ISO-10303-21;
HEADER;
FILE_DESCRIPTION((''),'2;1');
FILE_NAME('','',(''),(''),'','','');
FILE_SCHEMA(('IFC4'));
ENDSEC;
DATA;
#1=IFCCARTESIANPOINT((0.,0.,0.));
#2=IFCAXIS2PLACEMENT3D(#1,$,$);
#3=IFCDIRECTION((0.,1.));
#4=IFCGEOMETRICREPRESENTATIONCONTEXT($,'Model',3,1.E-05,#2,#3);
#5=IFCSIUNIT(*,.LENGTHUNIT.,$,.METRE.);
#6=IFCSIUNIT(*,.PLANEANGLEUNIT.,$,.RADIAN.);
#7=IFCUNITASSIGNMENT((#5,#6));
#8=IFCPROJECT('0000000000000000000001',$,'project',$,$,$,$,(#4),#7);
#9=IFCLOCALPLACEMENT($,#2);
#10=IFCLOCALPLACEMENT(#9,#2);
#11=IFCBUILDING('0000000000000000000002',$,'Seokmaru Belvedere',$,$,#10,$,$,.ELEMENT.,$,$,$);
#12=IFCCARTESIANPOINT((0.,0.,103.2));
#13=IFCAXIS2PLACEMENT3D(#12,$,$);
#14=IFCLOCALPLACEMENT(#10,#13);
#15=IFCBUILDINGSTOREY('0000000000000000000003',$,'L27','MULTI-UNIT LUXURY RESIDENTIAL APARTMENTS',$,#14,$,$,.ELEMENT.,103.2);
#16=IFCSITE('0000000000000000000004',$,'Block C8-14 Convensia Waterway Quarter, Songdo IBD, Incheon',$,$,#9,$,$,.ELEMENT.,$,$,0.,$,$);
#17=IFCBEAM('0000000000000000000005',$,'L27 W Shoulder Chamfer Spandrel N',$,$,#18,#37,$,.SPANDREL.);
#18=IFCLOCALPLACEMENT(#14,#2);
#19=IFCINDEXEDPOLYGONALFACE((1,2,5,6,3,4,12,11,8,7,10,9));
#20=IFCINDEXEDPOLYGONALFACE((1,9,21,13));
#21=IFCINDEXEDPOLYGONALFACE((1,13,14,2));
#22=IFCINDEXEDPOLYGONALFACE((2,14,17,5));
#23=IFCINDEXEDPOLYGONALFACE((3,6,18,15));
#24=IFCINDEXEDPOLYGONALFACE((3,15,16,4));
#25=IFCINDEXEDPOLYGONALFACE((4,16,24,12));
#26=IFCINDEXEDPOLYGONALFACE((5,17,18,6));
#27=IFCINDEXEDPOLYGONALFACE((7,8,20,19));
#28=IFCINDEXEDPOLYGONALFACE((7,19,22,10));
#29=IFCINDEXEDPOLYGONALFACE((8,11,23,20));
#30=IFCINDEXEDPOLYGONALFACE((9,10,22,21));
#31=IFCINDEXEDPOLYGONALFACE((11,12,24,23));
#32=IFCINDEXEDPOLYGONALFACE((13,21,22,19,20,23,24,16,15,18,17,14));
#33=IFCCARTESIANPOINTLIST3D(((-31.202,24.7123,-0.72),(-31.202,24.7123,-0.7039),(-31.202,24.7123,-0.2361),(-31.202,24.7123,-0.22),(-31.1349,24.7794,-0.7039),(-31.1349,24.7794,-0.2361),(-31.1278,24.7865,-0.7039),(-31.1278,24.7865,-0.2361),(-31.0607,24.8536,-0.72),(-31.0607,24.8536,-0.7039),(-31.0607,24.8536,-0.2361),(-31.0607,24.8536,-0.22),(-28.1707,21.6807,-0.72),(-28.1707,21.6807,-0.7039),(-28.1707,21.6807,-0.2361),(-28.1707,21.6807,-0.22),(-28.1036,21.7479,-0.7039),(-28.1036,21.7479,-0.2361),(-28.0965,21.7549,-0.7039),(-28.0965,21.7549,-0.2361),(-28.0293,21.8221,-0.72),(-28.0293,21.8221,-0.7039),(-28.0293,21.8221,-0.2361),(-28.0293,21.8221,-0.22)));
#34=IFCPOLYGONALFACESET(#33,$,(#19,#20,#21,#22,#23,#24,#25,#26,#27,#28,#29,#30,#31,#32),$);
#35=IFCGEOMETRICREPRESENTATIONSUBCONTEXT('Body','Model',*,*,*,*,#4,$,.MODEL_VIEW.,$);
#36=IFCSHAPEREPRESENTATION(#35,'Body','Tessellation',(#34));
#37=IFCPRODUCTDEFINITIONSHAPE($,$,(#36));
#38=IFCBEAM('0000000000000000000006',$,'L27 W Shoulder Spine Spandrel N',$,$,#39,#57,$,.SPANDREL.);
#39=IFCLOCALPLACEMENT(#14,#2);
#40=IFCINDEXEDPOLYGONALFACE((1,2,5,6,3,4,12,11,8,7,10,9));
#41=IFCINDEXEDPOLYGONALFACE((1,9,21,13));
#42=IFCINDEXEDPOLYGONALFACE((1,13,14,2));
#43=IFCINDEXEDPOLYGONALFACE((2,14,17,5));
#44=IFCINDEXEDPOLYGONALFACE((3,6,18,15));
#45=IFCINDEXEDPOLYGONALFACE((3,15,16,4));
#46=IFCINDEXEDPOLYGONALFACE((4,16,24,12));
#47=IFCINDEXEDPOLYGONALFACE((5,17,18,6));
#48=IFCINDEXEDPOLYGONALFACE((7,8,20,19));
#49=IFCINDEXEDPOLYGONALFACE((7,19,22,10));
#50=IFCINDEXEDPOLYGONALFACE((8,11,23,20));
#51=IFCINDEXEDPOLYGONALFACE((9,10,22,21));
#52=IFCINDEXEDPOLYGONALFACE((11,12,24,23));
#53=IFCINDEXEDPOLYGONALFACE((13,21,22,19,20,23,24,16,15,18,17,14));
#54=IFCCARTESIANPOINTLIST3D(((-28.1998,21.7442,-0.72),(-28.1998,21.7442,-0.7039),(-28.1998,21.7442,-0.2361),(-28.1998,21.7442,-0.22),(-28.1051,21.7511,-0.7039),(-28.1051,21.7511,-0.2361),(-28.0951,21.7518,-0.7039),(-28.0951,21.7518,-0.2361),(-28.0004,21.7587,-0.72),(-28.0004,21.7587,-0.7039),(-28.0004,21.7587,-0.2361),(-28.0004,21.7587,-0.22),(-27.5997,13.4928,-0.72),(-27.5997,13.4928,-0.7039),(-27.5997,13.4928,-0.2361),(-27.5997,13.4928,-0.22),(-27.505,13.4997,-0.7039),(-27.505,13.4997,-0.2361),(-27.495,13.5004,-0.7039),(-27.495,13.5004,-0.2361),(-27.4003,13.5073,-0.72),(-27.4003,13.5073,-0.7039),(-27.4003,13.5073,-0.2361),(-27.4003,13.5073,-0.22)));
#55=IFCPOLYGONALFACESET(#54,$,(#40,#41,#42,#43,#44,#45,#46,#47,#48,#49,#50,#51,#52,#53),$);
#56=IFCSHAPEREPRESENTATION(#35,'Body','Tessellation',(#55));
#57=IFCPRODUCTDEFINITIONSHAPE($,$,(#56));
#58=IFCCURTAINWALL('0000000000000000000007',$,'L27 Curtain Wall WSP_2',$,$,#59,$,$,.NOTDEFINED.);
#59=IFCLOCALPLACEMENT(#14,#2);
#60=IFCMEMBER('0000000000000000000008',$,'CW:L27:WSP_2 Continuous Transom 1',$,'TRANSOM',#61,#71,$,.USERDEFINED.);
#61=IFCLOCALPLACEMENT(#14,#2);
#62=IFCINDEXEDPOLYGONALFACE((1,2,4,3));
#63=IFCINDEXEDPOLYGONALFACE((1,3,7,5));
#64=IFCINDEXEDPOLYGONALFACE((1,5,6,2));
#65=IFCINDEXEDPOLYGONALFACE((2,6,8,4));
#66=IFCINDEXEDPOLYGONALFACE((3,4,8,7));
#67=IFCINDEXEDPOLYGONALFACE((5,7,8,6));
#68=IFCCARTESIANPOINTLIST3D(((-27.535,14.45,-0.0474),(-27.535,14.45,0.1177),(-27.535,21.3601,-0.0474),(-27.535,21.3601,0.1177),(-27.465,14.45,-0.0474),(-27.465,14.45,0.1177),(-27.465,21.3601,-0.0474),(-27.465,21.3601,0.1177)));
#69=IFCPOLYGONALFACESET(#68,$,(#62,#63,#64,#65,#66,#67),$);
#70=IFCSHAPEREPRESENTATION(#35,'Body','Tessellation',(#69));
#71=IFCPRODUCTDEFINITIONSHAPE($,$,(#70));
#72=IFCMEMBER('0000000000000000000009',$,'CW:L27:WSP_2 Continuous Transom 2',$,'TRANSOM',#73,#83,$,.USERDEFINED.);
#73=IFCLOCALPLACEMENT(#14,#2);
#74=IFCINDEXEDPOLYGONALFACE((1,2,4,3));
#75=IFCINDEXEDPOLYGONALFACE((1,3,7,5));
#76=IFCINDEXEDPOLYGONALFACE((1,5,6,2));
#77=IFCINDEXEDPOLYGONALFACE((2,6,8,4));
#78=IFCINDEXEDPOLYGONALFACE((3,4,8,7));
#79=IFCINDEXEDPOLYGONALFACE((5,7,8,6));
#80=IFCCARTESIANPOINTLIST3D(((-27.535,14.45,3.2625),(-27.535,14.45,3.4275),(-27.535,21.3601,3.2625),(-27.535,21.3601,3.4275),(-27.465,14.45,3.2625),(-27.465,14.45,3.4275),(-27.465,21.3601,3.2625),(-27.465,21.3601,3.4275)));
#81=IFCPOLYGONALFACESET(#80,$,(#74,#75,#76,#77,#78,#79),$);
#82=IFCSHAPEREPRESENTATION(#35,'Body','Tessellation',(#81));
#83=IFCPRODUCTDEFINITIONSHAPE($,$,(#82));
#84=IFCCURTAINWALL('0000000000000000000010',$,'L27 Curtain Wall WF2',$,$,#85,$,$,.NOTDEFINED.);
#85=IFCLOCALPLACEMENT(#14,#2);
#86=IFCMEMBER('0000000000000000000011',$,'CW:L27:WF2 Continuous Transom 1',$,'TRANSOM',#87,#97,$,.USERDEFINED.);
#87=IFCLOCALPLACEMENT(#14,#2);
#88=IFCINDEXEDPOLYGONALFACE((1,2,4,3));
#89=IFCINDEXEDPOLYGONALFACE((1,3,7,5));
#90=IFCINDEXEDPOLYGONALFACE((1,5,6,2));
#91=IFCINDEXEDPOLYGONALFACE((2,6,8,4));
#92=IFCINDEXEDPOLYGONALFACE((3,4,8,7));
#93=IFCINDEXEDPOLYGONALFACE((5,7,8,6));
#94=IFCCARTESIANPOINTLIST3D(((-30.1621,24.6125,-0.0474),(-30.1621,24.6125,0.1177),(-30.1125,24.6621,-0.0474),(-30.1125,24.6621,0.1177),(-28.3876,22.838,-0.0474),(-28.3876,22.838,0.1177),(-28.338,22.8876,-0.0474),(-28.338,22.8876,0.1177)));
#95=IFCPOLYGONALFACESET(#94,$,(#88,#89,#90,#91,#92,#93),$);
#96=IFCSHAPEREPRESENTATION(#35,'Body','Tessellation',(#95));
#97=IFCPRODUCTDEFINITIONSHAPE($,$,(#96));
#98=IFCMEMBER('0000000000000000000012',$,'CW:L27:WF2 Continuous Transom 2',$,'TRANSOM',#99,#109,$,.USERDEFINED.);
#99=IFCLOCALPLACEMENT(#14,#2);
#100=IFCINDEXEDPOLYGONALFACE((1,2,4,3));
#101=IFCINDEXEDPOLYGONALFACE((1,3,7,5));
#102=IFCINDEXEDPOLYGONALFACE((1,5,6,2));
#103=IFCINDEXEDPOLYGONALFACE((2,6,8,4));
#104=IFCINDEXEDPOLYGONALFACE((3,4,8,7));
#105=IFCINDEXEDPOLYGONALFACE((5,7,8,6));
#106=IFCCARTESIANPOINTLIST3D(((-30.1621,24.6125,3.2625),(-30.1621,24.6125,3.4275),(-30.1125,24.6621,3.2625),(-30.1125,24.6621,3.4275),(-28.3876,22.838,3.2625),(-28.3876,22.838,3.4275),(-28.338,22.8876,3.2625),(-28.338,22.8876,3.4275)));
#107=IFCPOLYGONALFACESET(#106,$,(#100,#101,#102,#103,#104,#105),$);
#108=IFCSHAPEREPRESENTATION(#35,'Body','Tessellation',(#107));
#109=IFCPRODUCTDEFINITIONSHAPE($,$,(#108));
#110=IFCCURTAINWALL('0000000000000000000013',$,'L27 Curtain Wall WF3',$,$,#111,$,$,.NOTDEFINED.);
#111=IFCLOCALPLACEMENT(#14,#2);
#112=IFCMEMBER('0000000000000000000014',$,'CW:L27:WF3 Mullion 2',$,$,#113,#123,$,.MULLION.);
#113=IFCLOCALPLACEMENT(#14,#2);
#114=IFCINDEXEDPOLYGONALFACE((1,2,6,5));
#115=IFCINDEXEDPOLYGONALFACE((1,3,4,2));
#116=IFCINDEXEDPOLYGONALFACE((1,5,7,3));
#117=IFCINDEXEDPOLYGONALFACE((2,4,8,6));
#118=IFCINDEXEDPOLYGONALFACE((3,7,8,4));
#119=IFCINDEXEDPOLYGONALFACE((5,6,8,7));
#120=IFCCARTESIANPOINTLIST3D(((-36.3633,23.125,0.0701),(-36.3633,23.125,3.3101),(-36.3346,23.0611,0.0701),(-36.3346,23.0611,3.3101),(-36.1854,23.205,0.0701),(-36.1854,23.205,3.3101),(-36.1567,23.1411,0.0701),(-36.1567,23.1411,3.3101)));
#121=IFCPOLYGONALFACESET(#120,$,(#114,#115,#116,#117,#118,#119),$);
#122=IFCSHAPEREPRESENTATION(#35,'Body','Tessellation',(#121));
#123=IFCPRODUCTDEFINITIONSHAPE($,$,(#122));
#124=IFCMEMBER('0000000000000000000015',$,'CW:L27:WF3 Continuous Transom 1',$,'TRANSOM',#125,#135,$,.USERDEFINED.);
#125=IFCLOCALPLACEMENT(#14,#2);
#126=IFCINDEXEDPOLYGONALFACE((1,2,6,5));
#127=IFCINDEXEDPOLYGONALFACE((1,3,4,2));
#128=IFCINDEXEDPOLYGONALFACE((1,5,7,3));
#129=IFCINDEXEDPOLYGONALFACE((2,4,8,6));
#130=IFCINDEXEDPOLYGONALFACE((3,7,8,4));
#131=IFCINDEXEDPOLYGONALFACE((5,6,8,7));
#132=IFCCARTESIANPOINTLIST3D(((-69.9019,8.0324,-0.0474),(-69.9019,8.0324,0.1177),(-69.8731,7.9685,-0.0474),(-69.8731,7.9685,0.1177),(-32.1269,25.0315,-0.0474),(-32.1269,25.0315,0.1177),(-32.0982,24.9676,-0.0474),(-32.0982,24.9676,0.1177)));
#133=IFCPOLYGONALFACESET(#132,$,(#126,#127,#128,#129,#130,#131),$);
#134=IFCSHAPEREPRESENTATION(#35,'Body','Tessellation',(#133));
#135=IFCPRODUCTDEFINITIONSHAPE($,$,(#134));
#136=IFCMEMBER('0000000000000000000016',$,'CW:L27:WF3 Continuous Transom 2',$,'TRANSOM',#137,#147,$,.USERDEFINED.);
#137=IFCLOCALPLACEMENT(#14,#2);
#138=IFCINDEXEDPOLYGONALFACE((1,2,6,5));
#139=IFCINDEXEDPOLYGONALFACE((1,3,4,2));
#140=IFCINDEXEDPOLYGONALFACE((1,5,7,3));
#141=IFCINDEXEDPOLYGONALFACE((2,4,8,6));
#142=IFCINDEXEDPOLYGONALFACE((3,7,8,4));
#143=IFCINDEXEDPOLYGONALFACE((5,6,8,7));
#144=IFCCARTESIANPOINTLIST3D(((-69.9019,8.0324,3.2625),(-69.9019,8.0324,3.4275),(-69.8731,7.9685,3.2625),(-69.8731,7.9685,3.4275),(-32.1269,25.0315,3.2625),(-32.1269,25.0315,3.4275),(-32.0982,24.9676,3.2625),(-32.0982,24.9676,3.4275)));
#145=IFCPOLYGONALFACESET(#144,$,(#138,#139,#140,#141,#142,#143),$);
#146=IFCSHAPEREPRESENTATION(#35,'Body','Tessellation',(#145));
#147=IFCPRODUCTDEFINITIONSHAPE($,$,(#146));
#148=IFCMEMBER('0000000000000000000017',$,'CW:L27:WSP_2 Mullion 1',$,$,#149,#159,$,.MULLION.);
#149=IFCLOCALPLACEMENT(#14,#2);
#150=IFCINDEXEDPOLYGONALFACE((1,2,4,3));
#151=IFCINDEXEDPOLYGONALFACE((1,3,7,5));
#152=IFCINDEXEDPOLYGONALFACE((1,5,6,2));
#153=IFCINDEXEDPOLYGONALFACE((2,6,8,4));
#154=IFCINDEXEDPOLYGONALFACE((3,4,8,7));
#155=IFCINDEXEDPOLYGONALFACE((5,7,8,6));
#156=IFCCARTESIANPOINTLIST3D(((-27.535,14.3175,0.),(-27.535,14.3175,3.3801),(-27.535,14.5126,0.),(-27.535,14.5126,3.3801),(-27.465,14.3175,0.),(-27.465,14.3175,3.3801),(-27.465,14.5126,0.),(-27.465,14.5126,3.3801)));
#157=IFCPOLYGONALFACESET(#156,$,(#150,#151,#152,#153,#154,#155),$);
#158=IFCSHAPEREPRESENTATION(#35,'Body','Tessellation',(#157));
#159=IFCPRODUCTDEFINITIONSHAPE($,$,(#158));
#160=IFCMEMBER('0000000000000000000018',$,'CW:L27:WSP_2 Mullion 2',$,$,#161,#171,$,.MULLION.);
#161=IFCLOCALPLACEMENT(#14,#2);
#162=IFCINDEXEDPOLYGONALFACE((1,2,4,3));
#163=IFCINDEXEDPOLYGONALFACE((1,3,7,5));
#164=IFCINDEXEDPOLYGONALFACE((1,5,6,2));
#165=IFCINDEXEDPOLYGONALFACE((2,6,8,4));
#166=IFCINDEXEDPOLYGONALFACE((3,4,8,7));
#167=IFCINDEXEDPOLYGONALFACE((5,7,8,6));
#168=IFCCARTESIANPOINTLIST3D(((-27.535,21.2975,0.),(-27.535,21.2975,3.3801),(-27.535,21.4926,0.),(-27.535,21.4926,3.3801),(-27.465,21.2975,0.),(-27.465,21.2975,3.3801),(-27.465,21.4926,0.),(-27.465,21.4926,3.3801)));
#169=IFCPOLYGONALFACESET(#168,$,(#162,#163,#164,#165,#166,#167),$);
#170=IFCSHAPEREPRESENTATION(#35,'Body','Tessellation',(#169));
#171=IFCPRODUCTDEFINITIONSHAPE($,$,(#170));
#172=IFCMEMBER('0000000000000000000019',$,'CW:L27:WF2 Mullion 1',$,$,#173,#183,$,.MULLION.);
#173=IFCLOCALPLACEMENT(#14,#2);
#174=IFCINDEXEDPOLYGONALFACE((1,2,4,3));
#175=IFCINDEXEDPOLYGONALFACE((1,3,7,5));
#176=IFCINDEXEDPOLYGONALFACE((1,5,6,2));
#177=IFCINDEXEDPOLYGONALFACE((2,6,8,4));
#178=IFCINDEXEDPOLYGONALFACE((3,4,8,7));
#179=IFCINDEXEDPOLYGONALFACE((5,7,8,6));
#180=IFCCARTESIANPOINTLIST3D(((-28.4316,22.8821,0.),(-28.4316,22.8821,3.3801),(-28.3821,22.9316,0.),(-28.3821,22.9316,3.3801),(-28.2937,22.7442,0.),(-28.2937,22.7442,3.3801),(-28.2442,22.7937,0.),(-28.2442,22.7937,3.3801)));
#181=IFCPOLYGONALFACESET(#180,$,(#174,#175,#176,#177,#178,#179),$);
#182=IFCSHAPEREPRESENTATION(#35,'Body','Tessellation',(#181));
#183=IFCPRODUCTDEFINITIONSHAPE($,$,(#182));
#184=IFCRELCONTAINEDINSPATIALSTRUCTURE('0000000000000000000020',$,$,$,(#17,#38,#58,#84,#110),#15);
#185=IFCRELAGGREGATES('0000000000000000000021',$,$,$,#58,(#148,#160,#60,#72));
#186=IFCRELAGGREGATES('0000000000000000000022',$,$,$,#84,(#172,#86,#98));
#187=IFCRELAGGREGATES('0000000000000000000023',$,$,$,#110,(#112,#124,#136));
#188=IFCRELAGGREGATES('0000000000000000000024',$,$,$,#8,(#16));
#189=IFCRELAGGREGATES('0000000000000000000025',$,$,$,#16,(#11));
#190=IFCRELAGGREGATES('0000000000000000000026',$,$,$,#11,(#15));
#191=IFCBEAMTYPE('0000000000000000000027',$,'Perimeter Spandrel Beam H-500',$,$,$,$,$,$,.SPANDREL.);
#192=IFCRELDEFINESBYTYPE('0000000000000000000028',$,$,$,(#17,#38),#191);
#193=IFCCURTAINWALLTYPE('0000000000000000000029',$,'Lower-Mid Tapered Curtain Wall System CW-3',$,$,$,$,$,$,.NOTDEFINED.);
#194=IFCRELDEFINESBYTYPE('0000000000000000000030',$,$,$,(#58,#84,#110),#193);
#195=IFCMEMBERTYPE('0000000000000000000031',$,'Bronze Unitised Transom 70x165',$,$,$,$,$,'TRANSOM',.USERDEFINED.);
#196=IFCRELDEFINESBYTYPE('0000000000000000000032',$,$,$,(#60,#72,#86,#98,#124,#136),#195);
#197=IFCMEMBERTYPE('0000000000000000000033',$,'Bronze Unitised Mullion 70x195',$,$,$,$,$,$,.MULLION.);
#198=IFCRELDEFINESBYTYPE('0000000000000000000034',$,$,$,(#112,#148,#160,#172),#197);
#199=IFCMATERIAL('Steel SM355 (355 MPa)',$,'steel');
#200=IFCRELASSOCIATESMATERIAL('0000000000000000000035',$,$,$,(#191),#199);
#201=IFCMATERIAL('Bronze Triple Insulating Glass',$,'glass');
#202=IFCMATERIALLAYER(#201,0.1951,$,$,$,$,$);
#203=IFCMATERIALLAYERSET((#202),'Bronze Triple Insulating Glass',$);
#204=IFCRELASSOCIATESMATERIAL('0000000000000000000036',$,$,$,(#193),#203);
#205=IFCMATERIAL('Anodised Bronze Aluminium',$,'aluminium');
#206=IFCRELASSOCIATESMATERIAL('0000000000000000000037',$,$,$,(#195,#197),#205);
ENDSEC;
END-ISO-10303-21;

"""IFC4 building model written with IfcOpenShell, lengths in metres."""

from ifc_helpers import new_model, si_unit, direction, frame, origin, origin_2d, place, context, subcontext, project, spatial, rectangle, i_section, extrude, source, transform, mapped, material, layer, layer_set, material_profile, profile_set, type_object, type_shapes, element, aggregate, save


model = new_model("IFC4")

# Units and contexts
model_context = context("Model", 3, precision=1e-05, world=origin(), true_north=direction((0.0, 1.0)))
body_context = subcontext(model_context, "Body", "Model", "MODEL_VIEW")
ifc_project = project(units=[si_unit("LENGTHUNIT", "METRE"), si_unit("PLANEANGLEUNIT", "RADIAN")], contexts=[model_context])

# Site, building, storey
site_placement = place(None, origin())
site = spatial("IfcSite", under=ifc_project, at=site_placement, Name="Block C8-14 Convensia Waterway Quarter, Songdo IBD, Incheon", CompositionType="ELEMENT", RefElevation=0.0)
building_placement = place(site_placement, origin())
building = spatial("IfcBuilding", under=site, at=building_placement, Name="Seokmaru Belvedere", CompositionType="ELEMENT")
storey_placement = place(building_placement, frame((0.0, 0.0, 103.2)))
storey = spatial("IfcBuildingStorey", under=building, at=storey_placement, Name="L27", Description="MULTI-UNIT LUXURY RESIDENTIAL APARTMENTS", CompositionType="ELEMENT", Elevation=103.2)

# Shared definitions
ifc_material_1 = material(Name="Steel SM355 (355 MPa)", Category="steel")

# Beams
ifc_material_profile_1 = material_profile(ifc_material_1, i_section(OverallWidth=0.2, OverallDepth=0.5, WebThickness=0.01, FlangeThickness=0.0161, at=origin_2d()), Name="H-500x200x10x16")
ifc_profile_set_1 = profile_set([ifc_material_profile_1], Name="Steel SM355 (355 MPa)")
beam_type_1 = type_object("IfcBeamType", Name="Perimeter Spandrel Beam H-500", PredefinedType="SPANDREL", material=ifc_profile_set_1)
shared_shape_1 = source(origin(), body_context, "Body", "SweptSolid", [
    extrude(i_section(OverallWidth=0.2, OverallDepth=0.5, WebThickness=0.01, FlangeThickness=0.0161, at=origin_2d()), origin(), (0.0, 0.0, 1.0), 4.2871),
])
beam_1_placement = place(storey_placement, frame((-31.1313, 24.783, -0.47), z_axis=(0.707078, -0.707135, 0.0), x_axis=(0.707135, 0.707078, 0.0)))
element("IfcBeam", 1, at=beam_1_placement, inside=storey, type_object=beam_type_1, Name="L27 W Shoulder Chamfer Spandrel N", PredefinedType="SPANDREL", context=body_context, shape_type="MappedRepresentation", body=[
    mapped(shared_shape_1, transform((0.0, 0.0, 0.0), scale=1.0)),
])
shared_shape_2 = source(origin(), body_context, "Body", "SweptSolid", [
    extrude(i_section(OverallWidth=0.2, OverallDepth=0.5, WebThickness=0.01, FlangeThickness=0.0161, at=origin_2d()), origin(), (0.0, 0.0, 1.0), 8.2732),
])
beam_2_placement = place(storey_placement, frame((-28.1001, 21.7515, -0.47), z_axis=(0.072535, -0.997366, 0.0), x_axis=(0.997366, 0.072535, 0.0)))
element("IfcBeam", 2, at=beam_2_placement, inside=storey, type_object=beam_type_1, Name="L27 W Shoulder Spine Spandrel N", PredefinedType="SPANDREL", context=body_context, shape_type="MappedRepresentation", body=[
    mapped(shared_shape_2, transform((0.0, 0.0, 0.0), scale=1.0)),
])

# Curtain walls, members
ifc_material_2 = material(Name="Bronze Triple Insulating Glass", Category="glass")
ifc_layer_1 = layer(ifc_material_2, 0.1951)
ifc_layer_set_1 = layer_set([ifc_layer_1], Name="Bronze Triple Insulating Glass")
curtain_wall_type = type_object("IfcCurtainWallType", Name="Lower-Mid Tapered Curtain Wall System CW-3", PredefinedType="NOTDEFINED", material=ifc_layer_set_1)
curtain_wall_1_placement = place(storey_placement, origin())
curtain_wall_1 = element("IfcCurtainWall", 3, at=curtain_wall_1_placement, inside=storey, type_object=curtain_wall_type, Name="L27 Curtain Wall WSP_2", PredefinedType="NOTDEFINED")
ifc_material_3 = material(Name="Anodised Bronze Aluminium", Category="aluminium")
ifc_material_profile_2 = material_profile(ifc_material_3, rectangle(XDim=0.0701, YDim=0.165, at=origin_2d()), Name="CW-T-70x165")
ifc_profile_set_2 = profile_set([ifc_material_profile_2], Name="Anodised Bronze Aluminium")
member_type_1 = type_object("IfcMemberType", Name="Bronze Unitised Transom 70x165", ElementType="TRANSOM", PredefinedType="USERDEFINED", material=ifc_profile_set_2)
shared_shape_3 = source(origin(), body_context, "Body", "SweptSolid", [
    extrude(rectangle(XDim=0.0701, YDim=0.165, at=origin_2d()), origin(), (0.0, 0.0, 1.0), 6.9102),
])
member_1_placement = place(storey_placement, frame((-27.5, 14.45, 0.0352), z_axis=(0.0, 1.0, 0.0), x_axis=(-1.0, 0.0, 0.0)))
member_1 = element("IfcMember", 4, at=member_1_placement, type_object=member_type_1, Name="CW:L27:WSP_2 Continuous Transom 1", ObjectType="TRANSOM", PredefinedType="USERDEFINED", context=body_context, shape_type="MappedRepresentation", body=[
    mapped(shared_shape_3, transform((0.0, 0.0, 0.0), scale=1.0)),
])
member_2_placement = place(storey_placement, frame((-27.5, 14.45, 3.345), z_axis=(0.0, 1.0, 0.0), x_axis=(-1.0, 0.0, 0.0)))
member_2 = element("IfcMember", 5, at=member_2_placement, type_object=member_type_1, Name="CW:L27:WSP_2 Continuous Transom 2", ObjectType="TRANSOM", PredefinedType="USERDEFINED", context=body_context, shape_type="MappedRepresentation", body=[
    mapped(shared_shape_3, transform((0.0, 0.0, 0.0), scale=1.0)),
])
curtain_wall_2_placement = place(storey_placement, origin())
curtain_wall_2 = element("IfcCurtainWall", 6, at=curtain_wall_2_placement, inside=storey, type_object=curtain_wall_type, Name="L27 Curtain Wall WF2", PredefinedType="NOTDEFINED")
shared_shape_4 = source(origin(), body_context, "Body", "SweptSolid", [
    extrude(rectangle(XDim=0.0701, YDim=0.165, at=origin_2d()), origin(), (0.0, 0.0, 1.0), 2.5095),
])
member_3_placement = place(storey_placement, frame((-28.3628, 22.8628, 0.0352), z_axis=(-0.707107, 0.707107, 0.0), x_axis=(-0.707107, -0.707107, 0.0)))
member_3 = element("IfcMember", 7, at=member_3_placement, type_object=member_type_1, Name="CW:L27:WF2 Continuous Transom 1", ObjectType="TRANSOM", PredefinedType="USERDEFINED", context=body_context, shape_type="MappedRepresentation", body=[
    mapped(shared_shape_4, transform((0.0, 0.0, 0.0), scale=1.0)),
])
member_4_placement = place(storey_placement, frame((-28.3628, 22.8628, 3.345), z_axis=(-0.707107, 0.707107, 0.0), x_axis=(-0.707107, -0.707107, 0.0)))
member_4 = element("IfcMember", 8, at=member_4_placement, type_object=member_type_1, Name="CW:L27:WF2 Continuous Transom 2", ObjectType="TRANSOM", PredefinedType="USERDEFINED", context=body_context, shape_type="MappedRepresentation", body=[
    mapped(shared_shape_4, transform((0.0, 0.0, 0.0), scale=1.0)),
])
curtain_wall_3_placement = place(storey_placement, origin())
curtain_wall_3 = element("IfcCurtainWall", 9, at=curtain_wall_3_placement, inside=storey, type_object=curtain_wall_type, Name="L27 Curtain Wall WF3", PredefinedType="NOTDEFINED")
ifc_material_profile_3 = material_profile(ifc_material_3, rectangle(XDim=0.0701, YDim=0.1951, at=origin_2d()), Name="CW-M-70x195")
ifc_profile_set_3 = profile_set([ifc_material_profile_3], Name="Anodised Bronze Aluminium")
member_type_2 = type_object("IfcMemberType", Name="Bronze Unitised Mullion 70x195", PredefinedType="MULLION", material=ifc_profile_set_3)
shared_shape_5 = source(origin(), body_context, "Body", "SweptSolid", [
    extrude(rectangle(XDim=0.0701, YDim=0.1951, at=origin_2d()), origin(), (0.0, 0.0, 1.0), 3.24),
])
member_5_placement = place(storey_placement, frame((-36.26, 23.1331, 0.0701), z_axis=(0.0, 0.0, 1.0), x_axis=(0.410366, -0.911921, 0.0)))
member_5 = element("IfcMember", 10, at=member_5_placement, type_object=member_type_2, Name="CW:L27:WF3 Mullion 2", PredefinedType="MULLION", context=body_context, shape_type="MappedRepresentation", body=[
    mapped(shared_shape_5, transform((0.0, 0.0, 0.0), scale=1.0)),
])
shared_shape_6 = source(origin(), body_context, "Body", "SweptSolid", [
    extrude(rectangle(XDim=0.0701, YDim=0.165, at=origin_2d()), origin(), (0.0, 0.0, 1.0), 41.4236),
])
type_shapes(member_type_1, [shared_shape_3, shared_shape_4, shared_shape_6])
member_6_placement = place(storey_placement, frame((-32.1125, 24.9995, 0.0352), z_axis=(-0.911919, -0.410371, 0.0), x_axis=(0.410371, -0.911919, 0.0)))
member_6 = element("IfcMember", 11, at=member_6_placement, type_object=member_type_1, Name="CW:L27:WF3 Continuous Transom 1", ObjectType="TRANSOM", PredefinedType="USERDEFINED", context=body_context, shape_type="MappedRepresentation", body=[
    mapped(shared_shape_6, transform((0.0, 0.0, 0.0), scale=1.0)),
])
member_7_placement = place(storey_placement, frame((-32.1125, 24.9995, 3.345), z_axis=(-0.911919, -0.410371, 0.0), x_axis=(0.410371, -0.911919, 0.0)))
member_7 = element("IfcMember", 12, at=member_7_placement, type_object=member_type_1, Name="CW:L27:WF3 Continuous Transom 2", ObjectType="TRANSOM", PredefinedType="USERDEFINED", context=body_context, shape_type="MappedRepresentation", body=[
    mapped(shared_shape_6, transform((0.0, 0.0, 0.0), scale=1.0)),
])

# Members
shared_shape_7 = source(origin(), body_context, "Body", "SweptSolid", [
    extrude(rectangle(XDim=0.0701, YDim=0.1951, at=origin_2d()), origin(), (0.0, 0.0, 1.0), 3.3801),
])
type_shapes(member_type_2, [shared_shape_5, shared_shape_7])
member_8_placement = place(storey_placement, frame((-27.5, 14.415, 0.0), z_axis=(0.0, 0.0, 1.0), x_axis=(-1.0, 0.0, 0.0)))
member_8 = element("IfcMember", 13, at=member_8_placement, type_object=member_type_2, Name="CW:L27:WSP_2 Mullion 1", PredefinedType="MULLION", context=body_context, shape_type="MappedRepresentation", body=[
    mapped(shared_shape_7, transform((0.0, 0.0, 0.0), scale=1.0)),
])
member_9_placement = place(storey_placement, frame((-27.5, 21.395, 0.0), z_axis=(0.0, 0.0, 1.0), x_axis=(-1.0, 0.0, 0.0)))
member_9 = element("IfcMember", 14, at=member_9_placement, type_object=member_type_2, Name="CW:L27:WSP_2 Mullion 2", PredefinedType="MULLION", context=body_context, shape_type="MappedRepresentation", body=[
    mapped(shared_shape_7, transform((0.0, 0.0, 0.0), scale=1.0)),
])
member_10_placement = place(storey_placement, frame((-28.3379, 22.8379, 0.0), z_axis=(0.0, 0.0, 1.0), x_axis=(-0.707107, -0.707107, 0.0)))
member_10 = element("IfcMember", 15, at=member_10_placement, type_object=member_type_2, Name="CW:L27:WF2 Mullion 1", PredefinedType="MULLION", context=body_context, shape_type="MappedRepresentation", body=[
    mapped(shared_shape_7, transform((0.0, 0.0, 0.0), scale=1.0)),
])

aggregate(curtain_wall_1, [member_8, member_9, member_1, member_2])
aggregate(curtain_wall_2, [member_10, member_3, member_4])
aggregate(curtain_wall_3, [member_5, member_6, member_7])

save(model, "model.ifc")
